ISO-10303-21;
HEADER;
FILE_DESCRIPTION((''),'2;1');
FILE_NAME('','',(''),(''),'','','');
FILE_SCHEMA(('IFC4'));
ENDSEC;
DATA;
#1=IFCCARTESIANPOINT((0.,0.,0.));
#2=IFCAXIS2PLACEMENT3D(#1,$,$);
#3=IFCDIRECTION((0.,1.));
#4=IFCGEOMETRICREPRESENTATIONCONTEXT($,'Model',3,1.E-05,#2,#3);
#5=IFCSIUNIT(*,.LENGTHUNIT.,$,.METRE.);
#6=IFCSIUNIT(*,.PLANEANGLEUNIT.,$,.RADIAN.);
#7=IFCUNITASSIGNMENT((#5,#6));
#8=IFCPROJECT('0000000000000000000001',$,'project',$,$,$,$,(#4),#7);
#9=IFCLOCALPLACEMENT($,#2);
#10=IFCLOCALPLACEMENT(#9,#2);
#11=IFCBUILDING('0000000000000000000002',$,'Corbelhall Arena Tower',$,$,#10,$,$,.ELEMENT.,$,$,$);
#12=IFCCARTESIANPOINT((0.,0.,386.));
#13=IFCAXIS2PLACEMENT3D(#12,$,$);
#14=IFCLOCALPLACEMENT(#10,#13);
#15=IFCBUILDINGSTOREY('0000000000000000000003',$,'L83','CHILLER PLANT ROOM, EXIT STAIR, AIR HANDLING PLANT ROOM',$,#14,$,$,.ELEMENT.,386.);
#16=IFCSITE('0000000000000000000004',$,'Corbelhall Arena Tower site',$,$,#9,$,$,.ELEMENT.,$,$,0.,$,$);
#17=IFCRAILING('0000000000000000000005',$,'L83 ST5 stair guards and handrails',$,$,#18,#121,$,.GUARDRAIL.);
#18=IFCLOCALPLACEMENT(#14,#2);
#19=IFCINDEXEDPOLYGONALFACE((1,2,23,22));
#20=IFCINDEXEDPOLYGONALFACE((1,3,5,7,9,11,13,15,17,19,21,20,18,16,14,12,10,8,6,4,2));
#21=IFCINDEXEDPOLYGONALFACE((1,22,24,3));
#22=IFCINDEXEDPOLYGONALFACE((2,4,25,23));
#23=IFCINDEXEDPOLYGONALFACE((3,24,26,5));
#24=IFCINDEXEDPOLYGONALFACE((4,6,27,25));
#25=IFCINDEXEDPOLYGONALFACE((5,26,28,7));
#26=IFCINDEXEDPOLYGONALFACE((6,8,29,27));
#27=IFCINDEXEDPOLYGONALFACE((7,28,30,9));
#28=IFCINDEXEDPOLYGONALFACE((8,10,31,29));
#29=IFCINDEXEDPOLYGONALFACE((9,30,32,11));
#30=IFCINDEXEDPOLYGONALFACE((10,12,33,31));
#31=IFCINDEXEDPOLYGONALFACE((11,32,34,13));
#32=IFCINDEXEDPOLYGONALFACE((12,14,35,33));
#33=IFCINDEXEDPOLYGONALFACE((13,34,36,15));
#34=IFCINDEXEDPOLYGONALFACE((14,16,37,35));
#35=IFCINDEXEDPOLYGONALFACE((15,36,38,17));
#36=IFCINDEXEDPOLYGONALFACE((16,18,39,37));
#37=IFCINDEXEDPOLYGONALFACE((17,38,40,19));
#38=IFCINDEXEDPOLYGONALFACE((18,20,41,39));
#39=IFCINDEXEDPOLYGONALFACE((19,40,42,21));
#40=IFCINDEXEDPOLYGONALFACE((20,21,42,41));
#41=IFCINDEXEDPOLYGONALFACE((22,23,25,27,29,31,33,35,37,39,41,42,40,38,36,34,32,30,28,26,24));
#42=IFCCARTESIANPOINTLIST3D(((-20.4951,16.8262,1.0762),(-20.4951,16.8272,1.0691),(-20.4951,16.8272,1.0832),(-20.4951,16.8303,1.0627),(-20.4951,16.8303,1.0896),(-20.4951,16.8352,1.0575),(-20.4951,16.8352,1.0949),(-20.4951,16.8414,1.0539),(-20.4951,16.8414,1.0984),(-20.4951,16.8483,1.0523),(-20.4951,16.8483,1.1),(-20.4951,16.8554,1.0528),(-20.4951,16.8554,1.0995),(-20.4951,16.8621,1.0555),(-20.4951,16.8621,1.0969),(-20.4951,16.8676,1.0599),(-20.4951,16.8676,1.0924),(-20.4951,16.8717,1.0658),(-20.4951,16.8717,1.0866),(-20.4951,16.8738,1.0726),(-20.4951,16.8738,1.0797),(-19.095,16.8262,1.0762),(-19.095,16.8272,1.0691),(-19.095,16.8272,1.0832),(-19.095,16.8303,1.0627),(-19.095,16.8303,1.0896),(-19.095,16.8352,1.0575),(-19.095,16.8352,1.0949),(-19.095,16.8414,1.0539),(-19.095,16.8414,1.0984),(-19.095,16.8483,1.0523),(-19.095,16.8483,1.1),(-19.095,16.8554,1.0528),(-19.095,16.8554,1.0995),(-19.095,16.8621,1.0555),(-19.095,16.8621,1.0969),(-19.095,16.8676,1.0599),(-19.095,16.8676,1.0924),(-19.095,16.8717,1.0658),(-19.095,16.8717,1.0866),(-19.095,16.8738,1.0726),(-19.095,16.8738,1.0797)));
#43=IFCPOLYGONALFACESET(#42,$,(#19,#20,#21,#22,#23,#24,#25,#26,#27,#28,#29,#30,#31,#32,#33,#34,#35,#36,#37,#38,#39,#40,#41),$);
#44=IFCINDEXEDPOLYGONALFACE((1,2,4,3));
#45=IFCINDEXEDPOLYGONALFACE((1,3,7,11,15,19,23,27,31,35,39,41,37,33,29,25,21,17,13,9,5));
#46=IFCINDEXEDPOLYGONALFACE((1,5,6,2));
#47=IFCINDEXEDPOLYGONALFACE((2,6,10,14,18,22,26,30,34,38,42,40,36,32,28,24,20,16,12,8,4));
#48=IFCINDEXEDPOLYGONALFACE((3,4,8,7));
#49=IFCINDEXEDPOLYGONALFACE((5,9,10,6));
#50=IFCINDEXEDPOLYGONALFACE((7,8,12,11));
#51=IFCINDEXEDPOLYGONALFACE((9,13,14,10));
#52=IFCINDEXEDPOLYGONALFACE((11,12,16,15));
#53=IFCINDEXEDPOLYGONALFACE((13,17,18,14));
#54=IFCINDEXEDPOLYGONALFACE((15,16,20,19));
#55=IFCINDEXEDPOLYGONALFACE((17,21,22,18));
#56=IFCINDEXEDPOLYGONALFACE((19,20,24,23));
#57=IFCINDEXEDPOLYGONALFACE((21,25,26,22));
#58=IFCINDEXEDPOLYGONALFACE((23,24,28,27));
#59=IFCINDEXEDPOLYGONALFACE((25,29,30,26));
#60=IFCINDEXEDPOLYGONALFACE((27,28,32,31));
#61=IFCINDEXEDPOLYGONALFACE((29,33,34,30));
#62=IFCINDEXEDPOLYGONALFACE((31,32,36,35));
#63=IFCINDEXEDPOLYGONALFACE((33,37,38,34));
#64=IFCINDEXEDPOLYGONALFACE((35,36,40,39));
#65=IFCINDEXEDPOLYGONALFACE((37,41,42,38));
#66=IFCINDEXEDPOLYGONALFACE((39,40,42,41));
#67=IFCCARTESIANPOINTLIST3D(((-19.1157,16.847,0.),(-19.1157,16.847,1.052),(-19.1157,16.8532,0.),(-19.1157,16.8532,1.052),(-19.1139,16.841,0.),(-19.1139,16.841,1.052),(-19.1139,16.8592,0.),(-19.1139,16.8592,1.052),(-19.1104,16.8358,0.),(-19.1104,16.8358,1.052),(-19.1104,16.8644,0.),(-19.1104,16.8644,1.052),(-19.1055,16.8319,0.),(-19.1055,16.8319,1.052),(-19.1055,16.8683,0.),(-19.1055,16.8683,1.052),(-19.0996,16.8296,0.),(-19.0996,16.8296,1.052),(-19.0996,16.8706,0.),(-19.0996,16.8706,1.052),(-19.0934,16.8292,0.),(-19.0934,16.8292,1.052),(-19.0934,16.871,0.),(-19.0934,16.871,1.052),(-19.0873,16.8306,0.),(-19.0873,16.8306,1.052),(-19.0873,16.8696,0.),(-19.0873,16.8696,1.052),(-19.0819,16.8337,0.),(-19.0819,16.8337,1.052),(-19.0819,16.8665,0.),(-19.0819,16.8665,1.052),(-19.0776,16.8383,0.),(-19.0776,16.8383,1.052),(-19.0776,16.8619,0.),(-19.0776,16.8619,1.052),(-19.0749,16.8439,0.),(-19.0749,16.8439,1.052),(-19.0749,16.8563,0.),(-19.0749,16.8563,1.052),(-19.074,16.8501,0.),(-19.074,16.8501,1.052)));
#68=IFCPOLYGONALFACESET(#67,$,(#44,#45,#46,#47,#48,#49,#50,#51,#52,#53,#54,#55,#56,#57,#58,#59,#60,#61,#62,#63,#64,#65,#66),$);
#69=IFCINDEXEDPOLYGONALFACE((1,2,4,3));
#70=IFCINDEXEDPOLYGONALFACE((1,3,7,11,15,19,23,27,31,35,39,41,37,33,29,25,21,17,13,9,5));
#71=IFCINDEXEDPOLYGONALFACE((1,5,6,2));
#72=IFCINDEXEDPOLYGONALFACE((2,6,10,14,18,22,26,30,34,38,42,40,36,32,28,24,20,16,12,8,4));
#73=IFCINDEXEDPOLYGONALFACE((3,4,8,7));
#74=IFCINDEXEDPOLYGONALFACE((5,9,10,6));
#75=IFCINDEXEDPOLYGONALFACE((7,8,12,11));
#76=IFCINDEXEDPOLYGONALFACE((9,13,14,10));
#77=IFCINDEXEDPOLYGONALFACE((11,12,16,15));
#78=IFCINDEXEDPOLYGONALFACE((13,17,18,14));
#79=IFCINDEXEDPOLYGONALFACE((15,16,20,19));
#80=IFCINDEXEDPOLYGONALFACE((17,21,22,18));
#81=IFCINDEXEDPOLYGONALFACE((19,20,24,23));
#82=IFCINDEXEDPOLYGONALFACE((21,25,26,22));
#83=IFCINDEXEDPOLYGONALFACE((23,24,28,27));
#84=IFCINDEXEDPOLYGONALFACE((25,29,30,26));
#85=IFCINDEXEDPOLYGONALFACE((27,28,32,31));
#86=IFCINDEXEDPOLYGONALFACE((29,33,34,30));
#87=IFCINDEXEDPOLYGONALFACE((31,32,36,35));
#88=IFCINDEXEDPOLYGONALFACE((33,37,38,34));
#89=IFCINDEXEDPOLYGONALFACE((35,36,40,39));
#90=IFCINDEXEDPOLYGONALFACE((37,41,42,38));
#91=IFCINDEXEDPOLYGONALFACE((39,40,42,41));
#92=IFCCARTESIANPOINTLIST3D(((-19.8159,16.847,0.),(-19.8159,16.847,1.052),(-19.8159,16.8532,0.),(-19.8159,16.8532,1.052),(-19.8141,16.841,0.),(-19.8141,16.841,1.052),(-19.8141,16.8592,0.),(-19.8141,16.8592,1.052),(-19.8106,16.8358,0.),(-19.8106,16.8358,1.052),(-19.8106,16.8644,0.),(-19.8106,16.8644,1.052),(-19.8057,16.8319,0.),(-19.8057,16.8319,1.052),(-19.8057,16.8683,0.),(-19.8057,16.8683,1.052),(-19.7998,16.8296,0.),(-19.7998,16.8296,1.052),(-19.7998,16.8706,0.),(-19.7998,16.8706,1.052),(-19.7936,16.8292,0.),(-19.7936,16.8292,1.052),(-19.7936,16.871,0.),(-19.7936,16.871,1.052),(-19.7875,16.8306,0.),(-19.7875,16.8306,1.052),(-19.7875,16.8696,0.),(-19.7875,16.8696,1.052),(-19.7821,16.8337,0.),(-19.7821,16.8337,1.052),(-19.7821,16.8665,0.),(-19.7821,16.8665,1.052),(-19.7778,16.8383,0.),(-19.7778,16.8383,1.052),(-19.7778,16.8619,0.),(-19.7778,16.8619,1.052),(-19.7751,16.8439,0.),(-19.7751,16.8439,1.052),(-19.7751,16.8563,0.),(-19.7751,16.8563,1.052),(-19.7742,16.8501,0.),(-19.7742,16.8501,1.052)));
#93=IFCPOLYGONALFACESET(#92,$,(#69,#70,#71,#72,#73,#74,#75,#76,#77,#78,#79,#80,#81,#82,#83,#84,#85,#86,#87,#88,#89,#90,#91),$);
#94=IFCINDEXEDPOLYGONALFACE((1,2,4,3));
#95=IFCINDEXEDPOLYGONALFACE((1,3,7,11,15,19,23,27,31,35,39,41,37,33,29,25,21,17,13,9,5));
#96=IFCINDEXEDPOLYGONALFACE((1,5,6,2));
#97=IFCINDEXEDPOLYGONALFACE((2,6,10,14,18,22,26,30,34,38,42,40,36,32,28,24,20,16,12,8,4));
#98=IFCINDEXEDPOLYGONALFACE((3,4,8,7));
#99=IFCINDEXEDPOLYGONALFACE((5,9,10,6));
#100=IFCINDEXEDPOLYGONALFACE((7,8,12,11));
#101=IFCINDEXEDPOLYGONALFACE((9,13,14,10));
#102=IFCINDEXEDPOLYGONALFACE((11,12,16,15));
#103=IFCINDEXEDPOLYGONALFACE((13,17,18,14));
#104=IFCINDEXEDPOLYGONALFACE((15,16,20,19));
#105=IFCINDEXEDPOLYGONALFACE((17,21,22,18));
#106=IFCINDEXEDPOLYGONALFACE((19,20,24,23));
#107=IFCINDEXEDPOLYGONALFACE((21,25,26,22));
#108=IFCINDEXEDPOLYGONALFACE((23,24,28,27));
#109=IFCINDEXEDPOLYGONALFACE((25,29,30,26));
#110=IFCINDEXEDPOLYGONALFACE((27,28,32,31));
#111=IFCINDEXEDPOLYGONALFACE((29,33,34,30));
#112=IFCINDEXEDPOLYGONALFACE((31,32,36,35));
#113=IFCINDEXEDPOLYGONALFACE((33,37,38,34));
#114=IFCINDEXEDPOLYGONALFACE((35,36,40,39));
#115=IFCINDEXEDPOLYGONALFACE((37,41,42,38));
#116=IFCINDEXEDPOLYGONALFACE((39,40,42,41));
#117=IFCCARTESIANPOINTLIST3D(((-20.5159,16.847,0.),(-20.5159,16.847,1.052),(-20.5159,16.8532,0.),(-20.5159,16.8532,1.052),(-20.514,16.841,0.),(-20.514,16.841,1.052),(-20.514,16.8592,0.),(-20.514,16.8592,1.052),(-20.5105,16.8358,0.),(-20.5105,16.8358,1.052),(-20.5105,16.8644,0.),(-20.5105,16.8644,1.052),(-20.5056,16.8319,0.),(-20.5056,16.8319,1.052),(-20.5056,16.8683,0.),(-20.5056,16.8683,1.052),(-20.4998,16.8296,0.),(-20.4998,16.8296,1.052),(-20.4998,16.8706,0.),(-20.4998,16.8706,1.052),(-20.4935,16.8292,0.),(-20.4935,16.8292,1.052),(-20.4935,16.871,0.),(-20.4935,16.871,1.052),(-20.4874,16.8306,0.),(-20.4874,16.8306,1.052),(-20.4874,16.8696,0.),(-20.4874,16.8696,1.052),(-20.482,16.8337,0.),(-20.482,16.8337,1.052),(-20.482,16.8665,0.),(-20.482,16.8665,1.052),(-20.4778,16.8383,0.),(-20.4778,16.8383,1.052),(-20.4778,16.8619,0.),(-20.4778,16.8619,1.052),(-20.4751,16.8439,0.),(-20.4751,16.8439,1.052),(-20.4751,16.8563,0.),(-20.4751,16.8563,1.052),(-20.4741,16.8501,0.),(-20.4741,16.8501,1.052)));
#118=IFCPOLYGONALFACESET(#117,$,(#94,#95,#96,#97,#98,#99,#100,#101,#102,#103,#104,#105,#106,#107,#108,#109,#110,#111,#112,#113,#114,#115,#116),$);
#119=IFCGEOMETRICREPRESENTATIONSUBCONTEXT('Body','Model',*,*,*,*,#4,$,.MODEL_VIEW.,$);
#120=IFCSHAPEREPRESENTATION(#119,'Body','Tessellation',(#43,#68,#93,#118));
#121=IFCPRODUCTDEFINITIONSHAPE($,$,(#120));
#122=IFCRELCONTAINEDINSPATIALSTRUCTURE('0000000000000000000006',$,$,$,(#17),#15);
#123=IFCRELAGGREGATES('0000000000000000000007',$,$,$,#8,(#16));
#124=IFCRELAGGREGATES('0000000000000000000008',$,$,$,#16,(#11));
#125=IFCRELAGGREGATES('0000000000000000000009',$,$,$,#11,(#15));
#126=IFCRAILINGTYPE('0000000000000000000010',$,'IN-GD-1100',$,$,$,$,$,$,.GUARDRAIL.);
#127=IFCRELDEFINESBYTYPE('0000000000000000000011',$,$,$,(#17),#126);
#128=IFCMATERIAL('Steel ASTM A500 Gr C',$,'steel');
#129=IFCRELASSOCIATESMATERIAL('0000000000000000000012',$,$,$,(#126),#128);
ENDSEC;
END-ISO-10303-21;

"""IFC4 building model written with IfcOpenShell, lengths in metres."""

from ifc_helpers import new_model, si_unit, direction, frame, origin, origin_2d, place, context, subcontext, project, spatial, circle, extrude, material, type_object, element, save


model = new_model("IFC4")

# Units and contexts
model_context = context("Model", 3, precision=1e-05, world=origin(), true_north=direction((0.0, 1.0)))
body_context = subcontext(model_context, "Body", "Model", "MODEL_VIEW")
ifc_project = project(units=[si_unit("LENGTHUNIT", "METRE"), si_unit("PLANEANGLEUNIT", "RADIAN")], contexts=[model_context])

# Site, building, storey
site_placement = place(None, origin())
site = spatial("IfcSite", under=ifc_project, at=site_placement, Name="Corbelhall Arena Tower site", CompositionType="ELEMENT", RefElevation=0.0)
building_placement = place(site_placement, origin())
building = spatial("IfcBuilding", under=site, at=building_placement, Name="Corbelhall Arena Tower", CompositionType="ELEMENT")
storey_placement = place(building_placement, frame((0.0, 0.0, 386.0)))
storey = spatial("IfcBuildingStorey", under=building, at=storey_placement, Name="L83", Description="CHILLER PLANT ROOM, EXIT STAIR, AIR HANDLING PLANT ROOM", CompositionType="ELEMENT", Elevation=386.0)

# Railing
ifc_material_1 = material(Name="Steel ASTM A500 Gr C", Category="steel")
railing_type = type_object("IfcRailingType", Name="IN-GD-1100", PredefinedType="GUARDRAIL", material=ifc_material_1)
railing_placement = place(storey_placement, frame((-19.095, 16.8501, 0.0)))
element("IfcRailing", 1, at=railing_placement, inside=storey, type_object=railing_type, Name="L83 ST5 stair guards and handrails", PredefinedType="GUARDRAIL", context=body_context, shape_type="SweptSolid", body=[
    extrude(circle(Radius=0.0239, at=origin_2d()), frame((0.0, 0.0, 1.0762), z_axis=(-1.0, 0.0, 0.0), x_axis=(0.0, -1.0, 0.0)), (0.0, 0.0, 1.0), 1.4001),
    extrude(circle(Radius=0.021, at=origin_2d()), origin(), (0.0, 0.0, 1.0), 1.052),
    extrude(circle(Radius=0.021, at=origin_2d()), frame((-0.7002, 0.0, 0.0)), (0.0, 0.0, 1.0), 1.052),
    extrude(circle(Radius=0.021, at=origin_2d()), frame((-1.4001, 0.0, 0.0)), (0.0, 0.0, 1.0), 1.052),
])

save(model, "model.ifc")
